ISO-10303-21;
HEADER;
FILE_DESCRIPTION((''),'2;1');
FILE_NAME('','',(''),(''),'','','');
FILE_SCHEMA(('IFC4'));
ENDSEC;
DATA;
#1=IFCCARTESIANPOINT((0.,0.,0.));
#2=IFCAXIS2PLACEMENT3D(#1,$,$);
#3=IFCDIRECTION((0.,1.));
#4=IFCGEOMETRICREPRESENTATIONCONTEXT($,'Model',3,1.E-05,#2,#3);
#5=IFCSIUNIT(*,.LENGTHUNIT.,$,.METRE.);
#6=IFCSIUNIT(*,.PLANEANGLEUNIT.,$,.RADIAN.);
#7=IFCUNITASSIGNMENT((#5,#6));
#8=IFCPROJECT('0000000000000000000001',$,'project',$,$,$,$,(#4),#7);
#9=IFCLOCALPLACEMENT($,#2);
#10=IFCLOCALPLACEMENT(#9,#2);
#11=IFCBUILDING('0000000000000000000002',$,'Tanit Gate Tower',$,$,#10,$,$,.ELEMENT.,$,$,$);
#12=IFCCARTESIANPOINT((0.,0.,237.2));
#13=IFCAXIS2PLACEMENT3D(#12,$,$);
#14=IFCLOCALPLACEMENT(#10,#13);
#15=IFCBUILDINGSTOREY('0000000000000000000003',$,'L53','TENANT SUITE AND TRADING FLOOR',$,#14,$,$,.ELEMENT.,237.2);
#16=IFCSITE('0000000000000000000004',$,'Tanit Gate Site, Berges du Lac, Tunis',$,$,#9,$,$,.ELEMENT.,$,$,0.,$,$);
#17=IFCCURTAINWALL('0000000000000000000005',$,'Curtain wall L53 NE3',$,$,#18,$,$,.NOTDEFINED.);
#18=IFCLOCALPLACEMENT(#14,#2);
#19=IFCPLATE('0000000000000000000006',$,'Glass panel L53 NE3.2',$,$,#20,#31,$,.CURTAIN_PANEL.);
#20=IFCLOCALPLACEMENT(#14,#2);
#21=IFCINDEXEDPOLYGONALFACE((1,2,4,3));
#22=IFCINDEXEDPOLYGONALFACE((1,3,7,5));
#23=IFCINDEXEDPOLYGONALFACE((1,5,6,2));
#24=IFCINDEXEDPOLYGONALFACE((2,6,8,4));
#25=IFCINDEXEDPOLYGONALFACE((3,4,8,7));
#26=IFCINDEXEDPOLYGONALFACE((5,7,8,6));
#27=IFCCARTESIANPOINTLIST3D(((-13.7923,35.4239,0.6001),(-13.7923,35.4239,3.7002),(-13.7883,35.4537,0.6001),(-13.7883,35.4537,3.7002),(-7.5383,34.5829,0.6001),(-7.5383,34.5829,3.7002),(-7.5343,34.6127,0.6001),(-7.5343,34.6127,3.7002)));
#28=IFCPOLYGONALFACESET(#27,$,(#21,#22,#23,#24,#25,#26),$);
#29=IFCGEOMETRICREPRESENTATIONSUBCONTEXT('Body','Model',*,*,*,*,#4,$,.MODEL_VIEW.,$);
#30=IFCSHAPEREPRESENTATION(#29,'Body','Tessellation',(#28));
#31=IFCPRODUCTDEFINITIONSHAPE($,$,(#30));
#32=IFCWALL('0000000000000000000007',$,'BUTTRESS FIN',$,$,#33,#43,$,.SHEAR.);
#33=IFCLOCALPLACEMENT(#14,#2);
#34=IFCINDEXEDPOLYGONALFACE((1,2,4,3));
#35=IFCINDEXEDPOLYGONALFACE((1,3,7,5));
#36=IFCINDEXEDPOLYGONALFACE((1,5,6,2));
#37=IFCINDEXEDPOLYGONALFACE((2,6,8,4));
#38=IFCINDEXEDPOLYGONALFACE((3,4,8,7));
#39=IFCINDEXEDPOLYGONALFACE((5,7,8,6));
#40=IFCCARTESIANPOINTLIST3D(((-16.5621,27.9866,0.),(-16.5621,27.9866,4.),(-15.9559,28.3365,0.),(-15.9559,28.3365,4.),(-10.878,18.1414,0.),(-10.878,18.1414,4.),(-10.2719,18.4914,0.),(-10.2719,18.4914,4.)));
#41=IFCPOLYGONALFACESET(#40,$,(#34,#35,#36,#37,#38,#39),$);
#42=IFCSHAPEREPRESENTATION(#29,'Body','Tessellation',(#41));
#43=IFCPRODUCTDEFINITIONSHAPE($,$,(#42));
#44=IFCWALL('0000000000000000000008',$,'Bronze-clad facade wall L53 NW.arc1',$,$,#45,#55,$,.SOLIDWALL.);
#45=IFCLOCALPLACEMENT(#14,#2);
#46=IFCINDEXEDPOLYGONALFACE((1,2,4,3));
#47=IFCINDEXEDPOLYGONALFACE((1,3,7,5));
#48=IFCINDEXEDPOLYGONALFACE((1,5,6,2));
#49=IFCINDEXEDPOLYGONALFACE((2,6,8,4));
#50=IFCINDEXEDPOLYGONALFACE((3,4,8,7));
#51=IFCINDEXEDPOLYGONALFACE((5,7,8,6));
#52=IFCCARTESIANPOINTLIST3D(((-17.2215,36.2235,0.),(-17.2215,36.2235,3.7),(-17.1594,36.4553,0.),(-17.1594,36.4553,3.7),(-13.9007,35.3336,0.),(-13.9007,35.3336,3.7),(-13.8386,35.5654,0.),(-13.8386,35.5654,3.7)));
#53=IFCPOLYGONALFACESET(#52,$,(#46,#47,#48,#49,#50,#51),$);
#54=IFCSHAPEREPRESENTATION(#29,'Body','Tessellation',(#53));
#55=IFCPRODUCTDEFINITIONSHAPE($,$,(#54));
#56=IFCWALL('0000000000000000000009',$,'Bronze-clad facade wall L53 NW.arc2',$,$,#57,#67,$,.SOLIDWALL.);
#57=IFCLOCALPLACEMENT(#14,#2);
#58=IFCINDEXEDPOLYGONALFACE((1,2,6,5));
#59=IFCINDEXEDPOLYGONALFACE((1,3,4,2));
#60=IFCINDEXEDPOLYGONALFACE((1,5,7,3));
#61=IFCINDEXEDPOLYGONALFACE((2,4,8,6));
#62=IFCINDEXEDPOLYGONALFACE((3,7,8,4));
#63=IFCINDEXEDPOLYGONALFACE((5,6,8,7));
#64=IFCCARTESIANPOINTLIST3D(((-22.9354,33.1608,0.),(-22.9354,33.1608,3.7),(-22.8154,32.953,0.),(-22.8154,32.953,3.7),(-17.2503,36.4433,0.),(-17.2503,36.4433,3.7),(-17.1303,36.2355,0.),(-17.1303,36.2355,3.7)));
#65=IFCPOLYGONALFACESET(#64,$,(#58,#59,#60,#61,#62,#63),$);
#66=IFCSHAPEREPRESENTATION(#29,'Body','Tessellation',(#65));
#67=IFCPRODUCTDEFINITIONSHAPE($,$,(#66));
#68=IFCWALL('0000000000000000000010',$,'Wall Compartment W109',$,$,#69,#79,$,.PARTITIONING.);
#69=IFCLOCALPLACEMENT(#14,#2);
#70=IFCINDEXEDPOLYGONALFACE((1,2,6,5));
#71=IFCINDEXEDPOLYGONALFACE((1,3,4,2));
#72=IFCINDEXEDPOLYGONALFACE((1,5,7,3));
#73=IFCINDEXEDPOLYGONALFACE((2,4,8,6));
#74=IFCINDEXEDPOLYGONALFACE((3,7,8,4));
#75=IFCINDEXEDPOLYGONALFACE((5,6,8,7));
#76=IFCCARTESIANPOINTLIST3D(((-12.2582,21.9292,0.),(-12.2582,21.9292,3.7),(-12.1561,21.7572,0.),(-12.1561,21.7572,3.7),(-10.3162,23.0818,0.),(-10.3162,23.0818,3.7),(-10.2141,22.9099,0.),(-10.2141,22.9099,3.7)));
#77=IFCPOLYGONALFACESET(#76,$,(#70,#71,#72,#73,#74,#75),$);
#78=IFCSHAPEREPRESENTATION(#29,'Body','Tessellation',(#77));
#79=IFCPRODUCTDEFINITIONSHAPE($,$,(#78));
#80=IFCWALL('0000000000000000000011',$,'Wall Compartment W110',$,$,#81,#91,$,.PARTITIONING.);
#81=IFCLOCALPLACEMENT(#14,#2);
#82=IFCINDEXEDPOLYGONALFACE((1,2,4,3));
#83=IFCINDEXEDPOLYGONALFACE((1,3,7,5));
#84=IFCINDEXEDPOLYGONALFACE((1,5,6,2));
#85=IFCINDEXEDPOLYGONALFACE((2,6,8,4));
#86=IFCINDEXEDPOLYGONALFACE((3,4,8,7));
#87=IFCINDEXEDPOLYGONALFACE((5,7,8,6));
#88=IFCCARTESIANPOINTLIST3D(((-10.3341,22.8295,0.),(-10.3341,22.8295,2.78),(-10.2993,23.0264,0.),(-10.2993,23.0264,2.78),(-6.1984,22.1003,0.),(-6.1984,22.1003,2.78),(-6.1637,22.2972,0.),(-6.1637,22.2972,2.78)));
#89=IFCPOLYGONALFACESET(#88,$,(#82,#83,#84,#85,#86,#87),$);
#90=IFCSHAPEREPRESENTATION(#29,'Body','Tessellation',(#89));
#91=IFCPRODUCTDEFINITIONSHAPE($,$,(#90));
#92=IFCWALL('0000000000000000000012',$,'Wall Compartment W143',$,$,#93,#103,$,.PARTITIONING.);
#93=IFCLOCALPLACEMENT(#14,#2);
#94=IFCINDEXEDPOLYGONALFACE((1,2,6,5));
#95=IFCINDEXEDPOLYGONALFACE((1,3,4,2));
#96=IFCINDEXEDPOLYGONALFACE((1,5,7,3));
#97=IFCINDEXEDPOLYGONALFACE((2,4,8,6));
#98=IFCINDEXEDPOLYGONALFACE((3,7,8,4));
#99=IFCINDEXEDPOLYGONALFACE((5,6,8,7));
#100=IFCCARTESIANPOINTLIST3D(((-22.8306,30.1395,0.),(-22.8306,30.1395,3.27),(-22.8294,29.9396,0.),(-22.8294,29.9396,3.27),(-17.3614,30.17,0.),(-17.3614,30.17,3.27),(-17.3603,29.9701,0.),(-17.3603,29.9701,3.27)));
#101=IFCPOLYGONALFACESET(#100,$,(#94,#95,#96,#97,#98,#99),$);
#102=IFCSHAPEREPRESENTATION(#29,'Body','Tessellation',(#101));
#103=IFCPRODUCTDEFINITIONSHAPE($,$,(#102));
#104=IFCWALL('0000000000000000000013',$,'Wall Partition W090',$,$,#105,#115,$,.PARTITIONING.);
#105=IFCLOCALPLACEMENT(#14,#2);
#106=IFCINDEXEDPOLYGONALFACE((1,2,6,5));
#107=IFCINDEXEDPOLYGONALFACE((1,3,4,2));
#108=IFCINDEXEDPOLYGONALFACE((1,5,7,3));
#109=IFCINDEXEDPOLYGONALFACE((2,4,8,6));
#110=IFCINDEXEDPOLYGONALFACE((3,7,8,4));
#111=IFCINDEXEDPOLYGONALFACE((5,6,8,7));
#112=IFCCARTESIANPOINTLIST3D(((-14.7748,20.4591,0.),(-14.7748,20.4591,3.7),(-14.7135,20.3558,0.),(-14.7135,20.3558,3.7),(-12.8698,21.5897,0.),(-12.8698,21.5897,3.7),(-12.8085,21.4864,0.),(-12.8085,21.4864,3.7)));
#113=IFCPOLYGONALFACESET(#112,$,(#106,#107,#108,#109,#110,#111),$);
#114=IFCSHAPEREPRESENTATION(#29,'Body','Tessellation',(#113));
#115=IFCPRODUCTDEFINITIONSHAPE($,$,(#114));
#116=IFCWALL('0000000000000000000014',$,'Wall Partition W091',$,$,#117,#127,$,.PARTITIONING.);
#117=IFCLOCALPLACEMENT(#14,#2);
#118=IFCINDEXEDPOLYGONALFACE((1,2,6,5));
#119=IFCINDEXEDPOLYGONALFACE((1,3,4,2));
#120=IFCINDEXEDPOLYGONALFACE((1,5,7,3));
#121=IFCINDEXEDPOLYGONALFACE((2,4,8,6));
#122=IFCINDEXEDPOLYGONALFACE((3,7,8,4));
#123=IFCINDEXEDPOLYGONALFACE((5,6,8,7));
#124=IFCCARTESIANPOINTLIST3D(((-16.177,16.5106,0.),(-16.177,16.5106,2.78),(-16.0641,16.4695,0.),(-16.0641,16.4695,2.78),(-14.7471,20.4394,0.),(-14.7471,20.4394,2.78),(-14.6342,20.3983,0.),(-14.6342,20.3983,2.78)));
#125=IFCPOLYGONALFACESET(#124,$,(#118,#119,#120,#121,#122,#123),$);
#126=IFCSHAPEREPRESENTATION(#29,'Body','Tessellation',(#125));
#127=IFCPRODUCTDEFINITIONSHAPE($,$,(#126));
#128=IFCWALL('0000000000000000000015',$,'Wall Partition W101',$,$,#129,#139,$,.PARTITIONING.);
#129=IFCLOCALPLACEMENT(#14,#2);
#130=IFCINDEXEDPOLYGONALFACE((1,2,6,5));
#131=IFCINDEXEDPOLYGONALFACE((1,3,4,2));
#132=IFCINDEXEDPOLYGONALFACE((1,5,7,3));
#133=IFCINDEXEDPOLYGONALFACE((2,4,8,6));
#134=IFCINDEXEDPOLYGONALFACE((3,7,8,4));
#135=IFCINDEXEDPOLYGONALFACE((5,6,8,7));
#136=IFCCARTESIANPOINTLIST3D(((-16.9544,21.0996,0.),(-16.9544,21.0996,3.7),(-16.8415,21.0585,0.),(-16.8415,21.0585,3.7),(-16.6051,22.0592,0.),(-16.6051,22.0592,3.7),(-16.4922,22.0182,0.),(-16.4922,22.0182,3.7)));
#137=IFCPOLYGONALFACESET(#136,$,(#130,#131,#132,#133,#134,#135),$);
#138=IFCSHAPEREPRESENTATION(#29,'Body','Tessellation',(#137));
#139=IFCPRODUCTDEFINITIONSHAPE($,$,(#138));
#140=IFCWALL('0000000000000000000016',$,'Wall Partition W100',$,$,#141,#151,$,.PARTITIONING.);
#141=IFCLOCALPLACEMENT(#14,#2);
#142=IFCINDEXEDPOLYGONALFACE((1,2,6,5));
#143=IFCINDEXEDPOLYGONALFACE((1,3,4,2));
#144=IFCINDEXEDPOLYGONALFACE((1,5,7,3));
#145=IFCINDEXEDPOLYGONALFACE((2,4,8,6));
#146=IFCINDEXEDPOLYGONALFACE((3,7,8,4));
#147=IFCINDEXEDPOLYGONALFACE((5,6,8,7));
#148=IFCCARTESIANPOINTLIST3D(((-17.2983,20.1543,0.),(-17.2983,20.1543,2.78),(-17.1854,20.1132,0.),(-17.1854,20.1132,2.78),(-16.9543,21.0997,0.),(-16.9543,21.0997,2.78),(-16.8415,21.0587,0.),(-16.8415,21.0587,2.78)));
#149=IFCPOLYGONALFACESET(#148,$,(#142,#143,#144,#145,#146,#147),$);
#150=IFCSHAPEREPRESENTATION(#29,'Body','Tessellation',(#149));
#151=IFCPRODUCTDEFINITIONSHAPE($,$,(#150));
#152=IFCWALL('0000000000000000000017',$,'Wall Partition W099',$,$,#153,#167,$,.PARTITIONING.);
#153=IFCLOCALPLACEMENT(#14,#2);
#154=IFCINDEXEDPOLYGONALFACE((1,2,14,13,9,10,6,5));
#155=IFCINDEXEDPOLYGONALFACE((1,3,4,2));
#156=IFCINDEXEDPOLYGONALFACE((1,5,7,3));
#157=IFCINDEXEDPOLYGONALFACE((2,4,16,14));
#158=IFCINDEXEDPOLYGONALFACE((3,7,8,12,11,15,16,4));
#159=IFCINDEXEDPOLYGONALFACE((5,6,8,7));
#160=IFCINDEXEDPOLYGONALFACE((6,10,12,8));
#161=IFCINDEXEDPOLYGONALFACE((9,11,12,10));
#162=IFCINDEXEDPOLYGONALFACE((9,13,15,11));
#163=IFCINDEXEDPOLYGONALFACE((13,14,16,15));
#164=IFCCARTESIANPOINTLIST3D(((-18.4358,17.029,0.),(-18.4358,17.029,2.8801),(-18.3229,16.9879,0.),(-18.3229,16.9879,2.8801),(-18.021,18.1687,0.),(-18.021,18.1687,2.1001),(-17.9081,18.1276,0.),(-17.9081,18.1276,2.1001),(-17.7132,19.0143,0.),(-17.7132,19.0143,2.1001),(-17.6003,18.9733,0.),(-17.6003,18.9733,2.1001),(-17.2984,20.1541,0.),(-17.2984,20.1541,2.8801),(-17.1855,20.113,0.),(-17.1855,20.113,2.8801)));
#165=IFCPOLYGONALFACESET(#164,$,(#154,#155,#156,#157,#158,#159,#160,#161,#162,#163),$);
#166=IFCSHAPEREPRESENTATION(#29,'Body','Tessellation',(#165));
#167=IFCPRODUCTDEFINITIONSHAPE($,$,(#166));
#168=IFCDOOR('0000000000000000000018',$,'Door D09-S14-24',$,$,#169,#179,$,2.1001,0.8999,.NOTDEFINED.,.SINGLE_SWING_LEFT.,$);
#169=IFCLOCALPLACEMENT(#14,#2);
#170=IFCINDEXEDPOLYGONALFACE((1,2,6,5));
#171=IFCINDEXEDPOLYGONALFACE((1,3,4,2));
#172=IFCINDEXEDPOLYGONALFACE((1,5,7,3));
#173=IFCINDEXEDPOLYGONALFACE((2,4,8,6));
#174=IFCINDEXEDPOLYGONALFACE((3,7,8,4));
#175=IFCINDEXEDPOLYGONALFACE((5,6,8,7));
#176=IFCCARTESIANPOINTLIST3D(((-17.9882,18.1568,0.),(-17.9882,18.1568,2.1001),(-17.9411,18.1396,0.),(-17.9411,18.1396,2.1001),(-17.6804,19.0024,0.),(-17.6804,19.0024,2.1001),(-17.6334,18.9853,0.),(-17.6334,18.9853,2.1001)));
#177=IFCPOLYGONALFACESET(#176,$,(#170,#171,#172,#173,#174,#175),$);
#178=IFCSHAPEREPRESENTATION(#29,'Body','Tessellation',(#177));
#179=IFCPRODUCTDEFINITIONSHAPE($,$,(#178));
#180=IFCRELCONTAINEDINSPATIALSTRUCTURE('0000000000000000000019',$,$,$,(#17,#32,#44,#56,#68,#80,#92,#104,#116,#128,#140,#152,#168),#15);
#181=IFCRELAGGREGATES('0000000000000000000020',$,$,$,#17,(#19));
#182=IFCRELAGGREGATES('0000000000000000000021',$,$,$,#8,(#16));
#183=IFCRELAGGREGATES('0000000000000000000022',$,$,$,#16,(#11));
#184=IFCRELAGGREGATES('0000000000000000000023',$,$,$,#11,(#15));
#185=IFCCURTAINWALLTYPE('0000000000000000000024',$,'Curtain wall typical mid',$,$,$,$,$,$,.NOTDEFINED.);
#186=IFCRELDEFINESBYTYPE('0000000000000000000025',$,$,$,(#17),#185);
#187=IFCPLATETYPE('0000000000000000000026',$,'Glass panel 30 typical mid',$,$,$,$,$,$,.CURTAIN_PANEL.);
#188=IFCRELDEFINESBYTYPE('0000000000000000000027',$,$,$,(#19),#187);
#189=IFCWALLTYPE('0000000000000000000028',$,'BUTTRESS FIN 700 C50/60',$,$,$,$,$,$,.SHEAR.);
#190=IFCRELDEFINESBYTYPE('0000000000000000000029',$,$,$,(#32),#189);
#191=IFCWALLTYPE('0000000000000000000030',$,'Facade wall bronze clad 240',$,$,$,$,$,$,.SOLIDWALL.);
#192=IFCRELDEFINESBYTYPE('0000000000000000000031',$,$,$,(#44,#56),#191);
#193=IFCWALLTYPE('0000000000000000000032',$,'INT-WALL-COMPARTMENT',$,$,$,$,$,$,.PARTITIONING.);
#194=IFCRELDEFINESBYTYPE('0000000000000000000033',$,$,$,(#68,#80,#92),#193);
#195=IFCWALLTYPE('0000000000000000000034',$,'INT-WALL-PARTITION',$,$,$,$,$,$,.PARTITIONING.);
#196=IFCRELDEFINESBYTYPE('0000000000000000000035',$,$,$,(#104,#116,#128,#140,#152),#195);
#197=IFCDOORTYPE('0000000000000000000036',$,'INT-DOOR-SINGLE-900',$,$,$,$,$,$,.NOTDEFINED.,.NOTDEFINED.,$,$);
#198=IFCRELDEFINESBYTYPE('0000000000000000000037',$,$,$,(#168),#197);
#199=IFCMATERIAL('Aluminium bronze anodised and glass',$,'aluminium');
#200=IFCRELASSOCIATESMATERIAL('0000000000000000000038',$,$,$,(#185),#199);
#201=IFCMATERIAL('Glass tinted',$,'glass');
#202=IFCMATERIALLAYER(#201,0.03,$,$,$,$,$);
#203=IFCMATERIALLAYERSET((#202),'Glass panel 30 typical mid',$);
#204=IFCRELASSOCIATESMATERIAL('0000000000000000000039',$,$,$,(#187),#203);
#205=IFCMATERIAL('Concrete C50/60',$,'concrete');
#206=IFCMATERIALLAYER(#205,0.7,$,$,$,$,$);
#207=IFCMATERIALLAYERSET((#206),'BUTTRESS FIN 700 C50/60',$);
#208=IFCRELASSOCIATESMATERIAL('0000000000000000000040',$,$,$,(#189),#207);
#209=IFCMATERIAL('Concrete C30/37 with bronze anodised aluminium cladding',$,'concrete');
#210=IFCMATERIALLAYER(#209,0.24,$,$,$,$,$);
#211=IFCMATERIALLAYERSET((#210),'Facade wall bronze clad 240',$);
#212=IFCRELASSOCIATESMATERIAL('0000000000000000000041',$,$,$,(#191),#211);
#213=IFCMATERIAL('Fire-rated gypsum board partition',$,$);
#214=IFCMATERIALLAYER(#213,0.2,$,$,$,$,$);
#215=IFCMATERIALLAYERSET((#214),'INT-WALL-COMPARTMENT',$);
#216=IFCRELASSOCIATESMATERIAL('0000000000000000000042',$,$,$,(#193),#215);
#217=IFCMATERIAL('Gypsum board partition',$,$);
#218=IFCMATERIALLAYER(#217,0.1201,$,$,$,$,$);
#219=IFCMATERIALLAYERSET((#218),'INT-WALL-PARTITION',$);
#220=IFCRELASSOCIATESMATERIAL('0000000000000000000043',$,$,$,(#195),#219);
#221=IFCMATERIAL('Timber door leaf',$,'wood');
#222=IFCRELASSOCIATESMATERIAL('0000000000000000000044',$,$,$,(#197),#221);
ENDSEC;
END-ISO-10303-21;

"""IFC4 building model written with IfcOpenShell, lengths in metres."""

from ifc_helpers import new_model, si_unit, direction, frame, frame_2d, origin, origin_2d, place, context, subcontext, project, spatial, rectangle, extrude, material, layer, layer_set, type_object, element, fill, aggregate, save


model = new_model("IFC4")

# Units and contexts
model_context = context("Model", 3, precision=1e-05, world=origin(), true_north=direction((0.0, 1.0)))
body_context = subcontext(model_context, "Body", "Model", "MODEL_VIEW")
ifc_project = project(units=[si_unit("LENGTHUNIT", "METRE"), si_unit("PLANEANGLEUNIT", "RADIAN")], contexts=[model_context])

# Site, building, storey
site_placement = place(None, origin())
site = spatial("IfcSite", under=ifc_project, at=site_placement, Name="Tanit Gate Site, Berges du Lac, Tunis", CompositionType="ELEMENT", RefElevation=0.0)
building_placement = place(site_placement, origin())
building = spatial("IfcBuilding", under=site, at=building_placement, Name="Tanit Gate Tower", CompositionType="ELEMENT")
storey_placement = place(building_placement, frame((0.0, 0.0, 237.2)))
storey = spatial("IfcBuildingStorey", under=building, at=storey_placement, Name="L53", Description="TENANT SUITE AND TRADING FLOOR", CompositionType="ELEMENT", Elevation=237.2)

# Curtain wall
ifc_material_1 = material(Name="Aluminium bronze anodised and glass", Category="aluminium")
curtain_wall_type = type_object("IfcCurtainWallType", Name="Curtain wall typical mid", PredefinedType="NOTDEFINED", material=ifc_material_1)
curtain_wall_placement = place(storey_placement, origin())
curtain_wall = element("IfcCurtainWall", 1, at=curtain_wall_placement, inside=storey, type_object=curtain_wall_type, Name="Curtain wall L53 NE3", PredefinedType="NOTDEFINED")

# Plate
ifc_material_2 = material(Name="Glass tinted", Category="glass")
ifc_layer_1 = layer(ifc_material_2, 0.03)
ifc_layer_set_1 = layer_set([ifc_layer_1], Name="Glass panel 30 typical mid")
plate_type = type_object("IfcPlateType", Name="Glass panel 30 typical mid", PredefinedType="CURTAIN_PANEL", material=ifc_layer_set_1)
plate_1_placement = place(storey_placement, frame((-10.6633, 35.0183, 0.6001), z_axis=(0.0, 0.0, 1.0), x_axis=(-0.99108, 0.133269, 0.0)))
plate_1 = element("IfcPlate", 2, at=plate_1_placement, type_object=plate_type, Name="Glass panel L53 NE3.2", PredefinedType="CURTAIN_PANEL", context=body_context, shape_type="SweptSolid", body=[
    extrude(rectangle(XDim=6.3103, YDim=0.03, at=origin_2d()), origin(), (0.0, 0.0, 1.0), 3.1001),
])
aggregate(curtain_wall, [plate_1])

# Walls
ifc_material_3 = material(Name="Concrete C50/60", Category="concrete")
ifc_layer_2 = layer(ifc_material_3, 0.7)
ifc_layer_set_2 = layer_set([ifc_layer_2], Name="BUTTRESS FIN 700 C50/60")
wall_type_1 = type_object("IfcWallType", Name="BUTTRESS FIN 700 C50/60", PredefinedType="SHEAR", material=ifc_layer_set_2)
wall_1_placement = place(storey_placement, frame((-10.575, 18.3164, 0.0), z_axis=(0.0, 0.0, 1.0), x_axis=(-0.499996, 0.866028, 0.0)))
element("IfcWall", 3, at=wall_1_placement, inside=storey, type_object=wall_type_1, Name="BUTTRESS FIN", PredefinedType="SHEAR", context=body_context, shape_type="SweptSolid", body=[
    extrude(rectangle(XDim=11.3682, YDim=0.7, at=frame_2d((5.6841, 0.0))), origin(), (0.0, 0.0, 1.0), 4.0),
])
ifc_material_4 = material(Name="Concrete C30/37 with bronze anodised aluminium cladding", Category="concrete")
ifc_layer_3 = layer(ifc_material_4, 0.24)
ifc_layer_set_3 = layer_set([ifc_layer_3], Name="Facade wall bronze clad 240")
wall_type_2 = type_object("IfcWallType", Name="Facade wall bronze clad 240", PredefinedType="SOLIDWALL", material=ifc_layer_set_3)
wall_2_placement = place(storey_placement, frame((-13.8696, 35.4495, 0.0), z_axis=(0.0, 0.0, 1.0), x_axis=(-0.96592, 0.258843, 0.0)))
element("IfcWall", 4, at=wall_2_placement, inside=storey, type_object=wall_type_2, Name="Bronze-clad facade wall L53 NW.arc1", PredefinedType="SOLIDWALL", context=body_context, shape_type="SweptSolid", body=[
    extrude(rectangle(XDim=3.438, YDim=0.24, at=frame_2d((1.719, 0.0))), origin(), (0.0, 0.0, 1.0), 3.7),
])
wall_3_placement = place(storey_placement, frame((-17.1904, 36.3394, 0.0), z_axis=(0.0, 0.0, 1.0), x_axis=(-0.866012, -0.500023, 0.0)))
element("IfcWall", 5, at=wall_3_placement, inside=storey, type_object=wall_type_2, Name="Bronze-clad facade wall L53 NW.arc2", PredefinedType="SOLIDWALL", context=body_context, shape_type="SweptSolid", body=[
    extrude(rectangle(XDim=6.5647, YDim=0.24, at=frame_2d((3.2822, 0.0))), origin(), (0.0, 0.0, 1.0), 3.7),
])
ifc_material_5 = material(Name="Fire-rated gypsum board partition")
ifc_layer_4 = layer(ifc_material_5, 0.2)
ifc_layer_set_4 = layer_set([ifc_layer_4], Name="INT-WALL-COMPARTMENT")
wall_type_3 = type_object("IfcWallType", Name="INT-WALL-COMPARTMENT", PredefinedType="PARTITIONING", material=ifc_layer_set_4)
wall_4_placement = place(storey_placement, frame((-10.2651, 22.9958, 0.0), z_axis=(0.0, 0.0, 1.0), x_axis=(-0.859935, -0.510404, 0.0)))
element("IfcWall", 6, at=wall_4_placement, inside=storey, type_object=wall_type_3, Name="Wall Compartment W109", PredefinedType="PARTITIONING", context=body_context, shape_type="SweptSolid", body=[
    extrude(rectangle(XDim=2.2583, YDim=0.2, at=frame_2d((1.1292, 0.0))), origin(), (0.0, 0.0, 1.0), 3.7),
])
wall_5_placement = place(storey_placement, frame((-6.1812, 22.1987, 0.0), z_axis=(0.0, 0.0, 1.0), x_axis=(-0.984808, 0.173649, 0.0)))
element("IfcWall", 7, at=wall_5_placement, inside=storey, type_object=wall_type_3, Name="Wall Compartment W110", PredefinedType="PARTITIONING", context=body_context, shape_type="SweptSolid", body=[
    extrude(rectangle(XDim=4.1995, YDim=0.2, at=frame_2d((2.0996, 0.0))), origin(), (0.0, 0.0, 1.0), 2.78),
])
wall_6_placement = place(storey_placement, frame((-17.3608, 30.0701, 0.0), z_axis=(0.0, 0.0, 1.0), x_axis=(-0.999984, -0.00558, 0.0)))
element("IfcWall", 8, at=wall_6_placement, inside=storey, type_object=wall_type_3, Name="Wall Compartment W143", PredefinedType="PARTITIONING", context=body_context, shape_type="SweptSolid", body=[
    extrude(rectangle(XDim=5.4692, YDim=0.2, at=frame_2d((2.7346, 0.0))), origin(), (0.0, 0.0, 1.0), 3.27),
])
ifc_material_6 = material(Name="Gypsum board partition")
ifc_layer_5 = layer(ifc_material_6, 0.1201)
ifc_layer_set_5 = layer_set([ifc_layer_5], Name="INT-WALL-PARTITION")
wall_type_4 = type_object("IfcWallType", Name="INT-WALL-PARTITION", PredefinedType="PARTITIONING", material=ifc_layer_set_5)
wall_7_placement = place(storey_placement, frame((-12.8391, 21.5381, 0.0), z_axis=(0.0, 0.0, 1.0), x_axis=(-0.859953, -0.510373, 0.0)))
element("IfcWall", 9, at=wall_7_placement, inside=storey, type_object=wall_type_4, Name="Wall Partition W090", PredefinedType="PARTITIONING", context=body_context, shape_type="SweptSolid", body=[
    extrude(rectangle(XDim=2.2153, YDim=0.1201, at=frame_2d((1.1077, 0.0))), origin(), (0.0, 0.0, 1.0), 3.7),
])
wall_8_placement = place(storey_placement, frame((-14.6907, 20.4187, 0.0), z_axis=(0.0, 0.0, 1.0), x_axis=(-0.34202, -0.939693, 0.0)))
element("IfcWall", 10, at=wall_8_placement, inside=storey, type_object=wall_type_4, Name="Wall Partition W091", PredefinedType="PARTITIONING", context=body_context, shape_type="SweptSolid", body=[
    extrude(rectangle(XDim=4.1809, YDim=0.1201, at=frame_2d((2.0903, 0.0))), origin(), (0.0, 0.0, 1.0), 2.78),
])
wall_9_placement = place(storey_placement, frame((-16.5486, 22.0388, 0.0), z_axis=(0.0, 0.0, 1.0), x_axis=(-0.342069, -0.939675, 0.0)))
element("IfcWall", 11, at=wall_9_placement, inside=storey, type_object=wall_type_4, Name="Wall Partition W101", PredefinedType="PARTITIONING", context=body_context, shape_type="SweptSolid", body=[
    extrude(rectangle(XDim=1.0212, YDim=0.1201, at=frame_2d((0.5107, 0.0))), origin(), (0.0, 0.0, 1.0), 3.7),
])
wall_10_placement = place(storey_placement, frame((-16.8979, 21.0791, 0.0), z_axis=(0.0, 0.0, 1.0), x_axis=(-0.341879, -0.939744, 0.0)))
element("IfcWall", 12, at=wall_10_placement, inside=storey, type_object=wall_type_4, Name="Wall Partition W100", PredefinedType="PARTITIONING", context=body_context, shape_type="SweptSolid", body=[
    extrude(rectangle(XDim=1.0061, YDim=0.1201, at=frame_2d((0.5029, 0.0))), origin(), (0.0, 0.0, 1.0), 2.78),
])

# Wall, opening, door
wall_11_placement = place(storey_placement, frame((-17.2419, 20.1335, 0.0), z_axis=(0.0, 0.0, 1.0), x_axis=(-0.342008, -0.939697, 0.0)))
wall_11 = element("IfcWall", 13, at=wall_11_placement, inside=storey, type_object=wall_type_4, Name="Wall Partition W099", PredefinedType="PARTITIONING", context=body_context, shape_type="SweptSolid", body=[
    extrude(rectangle(XDim=3.3257, YDim=0.1201, at=frame_2d((1.6628, 0.0))), origin(), (0.0, 0.0, 1.0), 2.8801),
])
opening_1_placement = place(wall_11_placement, frame((1.2129, 0.0, 0.0)))
opening_1 = element("IfcOpeningElement", 14, at=opening_1_placement, cuts=wall_11, PredefinedType="OPENING", context=body_context, shape_type="SweptSolid", body=[
    extrude(rectangle(XDim=0.8999, YDim=2.1001, at=frame_2d((0.45, 1.05))), frame((0.0, 0.0701, 0.0), z_axis=(0.0, -1.0, 0.0), x_axis=(1.0, 0.0, 0.0)), (0.0, 0.0, 1.0), 0.1401),
])
ifc_material_7 = material(Name="Timber door leaf", Category="wood")
door_type_1 = type_object("IfcDoorType", Name="INT-DOOR-SINGLE-900", OperationType="NOTDEFINED", PredefinedType="NOTDEFINED", material=ifc_material_7)
door_1_placement = place(opening_1_placement, origin())
door_1 = element("IfcDoor", 15, at=door_1_placement, inside=storey, type_object=door_type_1, Name="Door D09-S14-24", OperationType="SINGLE_SWING_LEFT", OverallHeight=2.1001, OverallWidth=0.8999, PredefinedType="NOTDEFINED", context=body_context, shape_type="SweptSolid", body=[
    extrude(rectangle(XDim=0.8999, YDim=2.1001, at=frame_2d((0.45, 1.05))), frame((0.0, 0.0249, 0.0), z_axis=(0.0, -1.0, 0.0), x_axis=(1.0, 0.0, 0.0)), (0.0, 0.0, 1.0), 0.05),
])
fill(opening_1, door_1)

save(model, "model.ifc")
